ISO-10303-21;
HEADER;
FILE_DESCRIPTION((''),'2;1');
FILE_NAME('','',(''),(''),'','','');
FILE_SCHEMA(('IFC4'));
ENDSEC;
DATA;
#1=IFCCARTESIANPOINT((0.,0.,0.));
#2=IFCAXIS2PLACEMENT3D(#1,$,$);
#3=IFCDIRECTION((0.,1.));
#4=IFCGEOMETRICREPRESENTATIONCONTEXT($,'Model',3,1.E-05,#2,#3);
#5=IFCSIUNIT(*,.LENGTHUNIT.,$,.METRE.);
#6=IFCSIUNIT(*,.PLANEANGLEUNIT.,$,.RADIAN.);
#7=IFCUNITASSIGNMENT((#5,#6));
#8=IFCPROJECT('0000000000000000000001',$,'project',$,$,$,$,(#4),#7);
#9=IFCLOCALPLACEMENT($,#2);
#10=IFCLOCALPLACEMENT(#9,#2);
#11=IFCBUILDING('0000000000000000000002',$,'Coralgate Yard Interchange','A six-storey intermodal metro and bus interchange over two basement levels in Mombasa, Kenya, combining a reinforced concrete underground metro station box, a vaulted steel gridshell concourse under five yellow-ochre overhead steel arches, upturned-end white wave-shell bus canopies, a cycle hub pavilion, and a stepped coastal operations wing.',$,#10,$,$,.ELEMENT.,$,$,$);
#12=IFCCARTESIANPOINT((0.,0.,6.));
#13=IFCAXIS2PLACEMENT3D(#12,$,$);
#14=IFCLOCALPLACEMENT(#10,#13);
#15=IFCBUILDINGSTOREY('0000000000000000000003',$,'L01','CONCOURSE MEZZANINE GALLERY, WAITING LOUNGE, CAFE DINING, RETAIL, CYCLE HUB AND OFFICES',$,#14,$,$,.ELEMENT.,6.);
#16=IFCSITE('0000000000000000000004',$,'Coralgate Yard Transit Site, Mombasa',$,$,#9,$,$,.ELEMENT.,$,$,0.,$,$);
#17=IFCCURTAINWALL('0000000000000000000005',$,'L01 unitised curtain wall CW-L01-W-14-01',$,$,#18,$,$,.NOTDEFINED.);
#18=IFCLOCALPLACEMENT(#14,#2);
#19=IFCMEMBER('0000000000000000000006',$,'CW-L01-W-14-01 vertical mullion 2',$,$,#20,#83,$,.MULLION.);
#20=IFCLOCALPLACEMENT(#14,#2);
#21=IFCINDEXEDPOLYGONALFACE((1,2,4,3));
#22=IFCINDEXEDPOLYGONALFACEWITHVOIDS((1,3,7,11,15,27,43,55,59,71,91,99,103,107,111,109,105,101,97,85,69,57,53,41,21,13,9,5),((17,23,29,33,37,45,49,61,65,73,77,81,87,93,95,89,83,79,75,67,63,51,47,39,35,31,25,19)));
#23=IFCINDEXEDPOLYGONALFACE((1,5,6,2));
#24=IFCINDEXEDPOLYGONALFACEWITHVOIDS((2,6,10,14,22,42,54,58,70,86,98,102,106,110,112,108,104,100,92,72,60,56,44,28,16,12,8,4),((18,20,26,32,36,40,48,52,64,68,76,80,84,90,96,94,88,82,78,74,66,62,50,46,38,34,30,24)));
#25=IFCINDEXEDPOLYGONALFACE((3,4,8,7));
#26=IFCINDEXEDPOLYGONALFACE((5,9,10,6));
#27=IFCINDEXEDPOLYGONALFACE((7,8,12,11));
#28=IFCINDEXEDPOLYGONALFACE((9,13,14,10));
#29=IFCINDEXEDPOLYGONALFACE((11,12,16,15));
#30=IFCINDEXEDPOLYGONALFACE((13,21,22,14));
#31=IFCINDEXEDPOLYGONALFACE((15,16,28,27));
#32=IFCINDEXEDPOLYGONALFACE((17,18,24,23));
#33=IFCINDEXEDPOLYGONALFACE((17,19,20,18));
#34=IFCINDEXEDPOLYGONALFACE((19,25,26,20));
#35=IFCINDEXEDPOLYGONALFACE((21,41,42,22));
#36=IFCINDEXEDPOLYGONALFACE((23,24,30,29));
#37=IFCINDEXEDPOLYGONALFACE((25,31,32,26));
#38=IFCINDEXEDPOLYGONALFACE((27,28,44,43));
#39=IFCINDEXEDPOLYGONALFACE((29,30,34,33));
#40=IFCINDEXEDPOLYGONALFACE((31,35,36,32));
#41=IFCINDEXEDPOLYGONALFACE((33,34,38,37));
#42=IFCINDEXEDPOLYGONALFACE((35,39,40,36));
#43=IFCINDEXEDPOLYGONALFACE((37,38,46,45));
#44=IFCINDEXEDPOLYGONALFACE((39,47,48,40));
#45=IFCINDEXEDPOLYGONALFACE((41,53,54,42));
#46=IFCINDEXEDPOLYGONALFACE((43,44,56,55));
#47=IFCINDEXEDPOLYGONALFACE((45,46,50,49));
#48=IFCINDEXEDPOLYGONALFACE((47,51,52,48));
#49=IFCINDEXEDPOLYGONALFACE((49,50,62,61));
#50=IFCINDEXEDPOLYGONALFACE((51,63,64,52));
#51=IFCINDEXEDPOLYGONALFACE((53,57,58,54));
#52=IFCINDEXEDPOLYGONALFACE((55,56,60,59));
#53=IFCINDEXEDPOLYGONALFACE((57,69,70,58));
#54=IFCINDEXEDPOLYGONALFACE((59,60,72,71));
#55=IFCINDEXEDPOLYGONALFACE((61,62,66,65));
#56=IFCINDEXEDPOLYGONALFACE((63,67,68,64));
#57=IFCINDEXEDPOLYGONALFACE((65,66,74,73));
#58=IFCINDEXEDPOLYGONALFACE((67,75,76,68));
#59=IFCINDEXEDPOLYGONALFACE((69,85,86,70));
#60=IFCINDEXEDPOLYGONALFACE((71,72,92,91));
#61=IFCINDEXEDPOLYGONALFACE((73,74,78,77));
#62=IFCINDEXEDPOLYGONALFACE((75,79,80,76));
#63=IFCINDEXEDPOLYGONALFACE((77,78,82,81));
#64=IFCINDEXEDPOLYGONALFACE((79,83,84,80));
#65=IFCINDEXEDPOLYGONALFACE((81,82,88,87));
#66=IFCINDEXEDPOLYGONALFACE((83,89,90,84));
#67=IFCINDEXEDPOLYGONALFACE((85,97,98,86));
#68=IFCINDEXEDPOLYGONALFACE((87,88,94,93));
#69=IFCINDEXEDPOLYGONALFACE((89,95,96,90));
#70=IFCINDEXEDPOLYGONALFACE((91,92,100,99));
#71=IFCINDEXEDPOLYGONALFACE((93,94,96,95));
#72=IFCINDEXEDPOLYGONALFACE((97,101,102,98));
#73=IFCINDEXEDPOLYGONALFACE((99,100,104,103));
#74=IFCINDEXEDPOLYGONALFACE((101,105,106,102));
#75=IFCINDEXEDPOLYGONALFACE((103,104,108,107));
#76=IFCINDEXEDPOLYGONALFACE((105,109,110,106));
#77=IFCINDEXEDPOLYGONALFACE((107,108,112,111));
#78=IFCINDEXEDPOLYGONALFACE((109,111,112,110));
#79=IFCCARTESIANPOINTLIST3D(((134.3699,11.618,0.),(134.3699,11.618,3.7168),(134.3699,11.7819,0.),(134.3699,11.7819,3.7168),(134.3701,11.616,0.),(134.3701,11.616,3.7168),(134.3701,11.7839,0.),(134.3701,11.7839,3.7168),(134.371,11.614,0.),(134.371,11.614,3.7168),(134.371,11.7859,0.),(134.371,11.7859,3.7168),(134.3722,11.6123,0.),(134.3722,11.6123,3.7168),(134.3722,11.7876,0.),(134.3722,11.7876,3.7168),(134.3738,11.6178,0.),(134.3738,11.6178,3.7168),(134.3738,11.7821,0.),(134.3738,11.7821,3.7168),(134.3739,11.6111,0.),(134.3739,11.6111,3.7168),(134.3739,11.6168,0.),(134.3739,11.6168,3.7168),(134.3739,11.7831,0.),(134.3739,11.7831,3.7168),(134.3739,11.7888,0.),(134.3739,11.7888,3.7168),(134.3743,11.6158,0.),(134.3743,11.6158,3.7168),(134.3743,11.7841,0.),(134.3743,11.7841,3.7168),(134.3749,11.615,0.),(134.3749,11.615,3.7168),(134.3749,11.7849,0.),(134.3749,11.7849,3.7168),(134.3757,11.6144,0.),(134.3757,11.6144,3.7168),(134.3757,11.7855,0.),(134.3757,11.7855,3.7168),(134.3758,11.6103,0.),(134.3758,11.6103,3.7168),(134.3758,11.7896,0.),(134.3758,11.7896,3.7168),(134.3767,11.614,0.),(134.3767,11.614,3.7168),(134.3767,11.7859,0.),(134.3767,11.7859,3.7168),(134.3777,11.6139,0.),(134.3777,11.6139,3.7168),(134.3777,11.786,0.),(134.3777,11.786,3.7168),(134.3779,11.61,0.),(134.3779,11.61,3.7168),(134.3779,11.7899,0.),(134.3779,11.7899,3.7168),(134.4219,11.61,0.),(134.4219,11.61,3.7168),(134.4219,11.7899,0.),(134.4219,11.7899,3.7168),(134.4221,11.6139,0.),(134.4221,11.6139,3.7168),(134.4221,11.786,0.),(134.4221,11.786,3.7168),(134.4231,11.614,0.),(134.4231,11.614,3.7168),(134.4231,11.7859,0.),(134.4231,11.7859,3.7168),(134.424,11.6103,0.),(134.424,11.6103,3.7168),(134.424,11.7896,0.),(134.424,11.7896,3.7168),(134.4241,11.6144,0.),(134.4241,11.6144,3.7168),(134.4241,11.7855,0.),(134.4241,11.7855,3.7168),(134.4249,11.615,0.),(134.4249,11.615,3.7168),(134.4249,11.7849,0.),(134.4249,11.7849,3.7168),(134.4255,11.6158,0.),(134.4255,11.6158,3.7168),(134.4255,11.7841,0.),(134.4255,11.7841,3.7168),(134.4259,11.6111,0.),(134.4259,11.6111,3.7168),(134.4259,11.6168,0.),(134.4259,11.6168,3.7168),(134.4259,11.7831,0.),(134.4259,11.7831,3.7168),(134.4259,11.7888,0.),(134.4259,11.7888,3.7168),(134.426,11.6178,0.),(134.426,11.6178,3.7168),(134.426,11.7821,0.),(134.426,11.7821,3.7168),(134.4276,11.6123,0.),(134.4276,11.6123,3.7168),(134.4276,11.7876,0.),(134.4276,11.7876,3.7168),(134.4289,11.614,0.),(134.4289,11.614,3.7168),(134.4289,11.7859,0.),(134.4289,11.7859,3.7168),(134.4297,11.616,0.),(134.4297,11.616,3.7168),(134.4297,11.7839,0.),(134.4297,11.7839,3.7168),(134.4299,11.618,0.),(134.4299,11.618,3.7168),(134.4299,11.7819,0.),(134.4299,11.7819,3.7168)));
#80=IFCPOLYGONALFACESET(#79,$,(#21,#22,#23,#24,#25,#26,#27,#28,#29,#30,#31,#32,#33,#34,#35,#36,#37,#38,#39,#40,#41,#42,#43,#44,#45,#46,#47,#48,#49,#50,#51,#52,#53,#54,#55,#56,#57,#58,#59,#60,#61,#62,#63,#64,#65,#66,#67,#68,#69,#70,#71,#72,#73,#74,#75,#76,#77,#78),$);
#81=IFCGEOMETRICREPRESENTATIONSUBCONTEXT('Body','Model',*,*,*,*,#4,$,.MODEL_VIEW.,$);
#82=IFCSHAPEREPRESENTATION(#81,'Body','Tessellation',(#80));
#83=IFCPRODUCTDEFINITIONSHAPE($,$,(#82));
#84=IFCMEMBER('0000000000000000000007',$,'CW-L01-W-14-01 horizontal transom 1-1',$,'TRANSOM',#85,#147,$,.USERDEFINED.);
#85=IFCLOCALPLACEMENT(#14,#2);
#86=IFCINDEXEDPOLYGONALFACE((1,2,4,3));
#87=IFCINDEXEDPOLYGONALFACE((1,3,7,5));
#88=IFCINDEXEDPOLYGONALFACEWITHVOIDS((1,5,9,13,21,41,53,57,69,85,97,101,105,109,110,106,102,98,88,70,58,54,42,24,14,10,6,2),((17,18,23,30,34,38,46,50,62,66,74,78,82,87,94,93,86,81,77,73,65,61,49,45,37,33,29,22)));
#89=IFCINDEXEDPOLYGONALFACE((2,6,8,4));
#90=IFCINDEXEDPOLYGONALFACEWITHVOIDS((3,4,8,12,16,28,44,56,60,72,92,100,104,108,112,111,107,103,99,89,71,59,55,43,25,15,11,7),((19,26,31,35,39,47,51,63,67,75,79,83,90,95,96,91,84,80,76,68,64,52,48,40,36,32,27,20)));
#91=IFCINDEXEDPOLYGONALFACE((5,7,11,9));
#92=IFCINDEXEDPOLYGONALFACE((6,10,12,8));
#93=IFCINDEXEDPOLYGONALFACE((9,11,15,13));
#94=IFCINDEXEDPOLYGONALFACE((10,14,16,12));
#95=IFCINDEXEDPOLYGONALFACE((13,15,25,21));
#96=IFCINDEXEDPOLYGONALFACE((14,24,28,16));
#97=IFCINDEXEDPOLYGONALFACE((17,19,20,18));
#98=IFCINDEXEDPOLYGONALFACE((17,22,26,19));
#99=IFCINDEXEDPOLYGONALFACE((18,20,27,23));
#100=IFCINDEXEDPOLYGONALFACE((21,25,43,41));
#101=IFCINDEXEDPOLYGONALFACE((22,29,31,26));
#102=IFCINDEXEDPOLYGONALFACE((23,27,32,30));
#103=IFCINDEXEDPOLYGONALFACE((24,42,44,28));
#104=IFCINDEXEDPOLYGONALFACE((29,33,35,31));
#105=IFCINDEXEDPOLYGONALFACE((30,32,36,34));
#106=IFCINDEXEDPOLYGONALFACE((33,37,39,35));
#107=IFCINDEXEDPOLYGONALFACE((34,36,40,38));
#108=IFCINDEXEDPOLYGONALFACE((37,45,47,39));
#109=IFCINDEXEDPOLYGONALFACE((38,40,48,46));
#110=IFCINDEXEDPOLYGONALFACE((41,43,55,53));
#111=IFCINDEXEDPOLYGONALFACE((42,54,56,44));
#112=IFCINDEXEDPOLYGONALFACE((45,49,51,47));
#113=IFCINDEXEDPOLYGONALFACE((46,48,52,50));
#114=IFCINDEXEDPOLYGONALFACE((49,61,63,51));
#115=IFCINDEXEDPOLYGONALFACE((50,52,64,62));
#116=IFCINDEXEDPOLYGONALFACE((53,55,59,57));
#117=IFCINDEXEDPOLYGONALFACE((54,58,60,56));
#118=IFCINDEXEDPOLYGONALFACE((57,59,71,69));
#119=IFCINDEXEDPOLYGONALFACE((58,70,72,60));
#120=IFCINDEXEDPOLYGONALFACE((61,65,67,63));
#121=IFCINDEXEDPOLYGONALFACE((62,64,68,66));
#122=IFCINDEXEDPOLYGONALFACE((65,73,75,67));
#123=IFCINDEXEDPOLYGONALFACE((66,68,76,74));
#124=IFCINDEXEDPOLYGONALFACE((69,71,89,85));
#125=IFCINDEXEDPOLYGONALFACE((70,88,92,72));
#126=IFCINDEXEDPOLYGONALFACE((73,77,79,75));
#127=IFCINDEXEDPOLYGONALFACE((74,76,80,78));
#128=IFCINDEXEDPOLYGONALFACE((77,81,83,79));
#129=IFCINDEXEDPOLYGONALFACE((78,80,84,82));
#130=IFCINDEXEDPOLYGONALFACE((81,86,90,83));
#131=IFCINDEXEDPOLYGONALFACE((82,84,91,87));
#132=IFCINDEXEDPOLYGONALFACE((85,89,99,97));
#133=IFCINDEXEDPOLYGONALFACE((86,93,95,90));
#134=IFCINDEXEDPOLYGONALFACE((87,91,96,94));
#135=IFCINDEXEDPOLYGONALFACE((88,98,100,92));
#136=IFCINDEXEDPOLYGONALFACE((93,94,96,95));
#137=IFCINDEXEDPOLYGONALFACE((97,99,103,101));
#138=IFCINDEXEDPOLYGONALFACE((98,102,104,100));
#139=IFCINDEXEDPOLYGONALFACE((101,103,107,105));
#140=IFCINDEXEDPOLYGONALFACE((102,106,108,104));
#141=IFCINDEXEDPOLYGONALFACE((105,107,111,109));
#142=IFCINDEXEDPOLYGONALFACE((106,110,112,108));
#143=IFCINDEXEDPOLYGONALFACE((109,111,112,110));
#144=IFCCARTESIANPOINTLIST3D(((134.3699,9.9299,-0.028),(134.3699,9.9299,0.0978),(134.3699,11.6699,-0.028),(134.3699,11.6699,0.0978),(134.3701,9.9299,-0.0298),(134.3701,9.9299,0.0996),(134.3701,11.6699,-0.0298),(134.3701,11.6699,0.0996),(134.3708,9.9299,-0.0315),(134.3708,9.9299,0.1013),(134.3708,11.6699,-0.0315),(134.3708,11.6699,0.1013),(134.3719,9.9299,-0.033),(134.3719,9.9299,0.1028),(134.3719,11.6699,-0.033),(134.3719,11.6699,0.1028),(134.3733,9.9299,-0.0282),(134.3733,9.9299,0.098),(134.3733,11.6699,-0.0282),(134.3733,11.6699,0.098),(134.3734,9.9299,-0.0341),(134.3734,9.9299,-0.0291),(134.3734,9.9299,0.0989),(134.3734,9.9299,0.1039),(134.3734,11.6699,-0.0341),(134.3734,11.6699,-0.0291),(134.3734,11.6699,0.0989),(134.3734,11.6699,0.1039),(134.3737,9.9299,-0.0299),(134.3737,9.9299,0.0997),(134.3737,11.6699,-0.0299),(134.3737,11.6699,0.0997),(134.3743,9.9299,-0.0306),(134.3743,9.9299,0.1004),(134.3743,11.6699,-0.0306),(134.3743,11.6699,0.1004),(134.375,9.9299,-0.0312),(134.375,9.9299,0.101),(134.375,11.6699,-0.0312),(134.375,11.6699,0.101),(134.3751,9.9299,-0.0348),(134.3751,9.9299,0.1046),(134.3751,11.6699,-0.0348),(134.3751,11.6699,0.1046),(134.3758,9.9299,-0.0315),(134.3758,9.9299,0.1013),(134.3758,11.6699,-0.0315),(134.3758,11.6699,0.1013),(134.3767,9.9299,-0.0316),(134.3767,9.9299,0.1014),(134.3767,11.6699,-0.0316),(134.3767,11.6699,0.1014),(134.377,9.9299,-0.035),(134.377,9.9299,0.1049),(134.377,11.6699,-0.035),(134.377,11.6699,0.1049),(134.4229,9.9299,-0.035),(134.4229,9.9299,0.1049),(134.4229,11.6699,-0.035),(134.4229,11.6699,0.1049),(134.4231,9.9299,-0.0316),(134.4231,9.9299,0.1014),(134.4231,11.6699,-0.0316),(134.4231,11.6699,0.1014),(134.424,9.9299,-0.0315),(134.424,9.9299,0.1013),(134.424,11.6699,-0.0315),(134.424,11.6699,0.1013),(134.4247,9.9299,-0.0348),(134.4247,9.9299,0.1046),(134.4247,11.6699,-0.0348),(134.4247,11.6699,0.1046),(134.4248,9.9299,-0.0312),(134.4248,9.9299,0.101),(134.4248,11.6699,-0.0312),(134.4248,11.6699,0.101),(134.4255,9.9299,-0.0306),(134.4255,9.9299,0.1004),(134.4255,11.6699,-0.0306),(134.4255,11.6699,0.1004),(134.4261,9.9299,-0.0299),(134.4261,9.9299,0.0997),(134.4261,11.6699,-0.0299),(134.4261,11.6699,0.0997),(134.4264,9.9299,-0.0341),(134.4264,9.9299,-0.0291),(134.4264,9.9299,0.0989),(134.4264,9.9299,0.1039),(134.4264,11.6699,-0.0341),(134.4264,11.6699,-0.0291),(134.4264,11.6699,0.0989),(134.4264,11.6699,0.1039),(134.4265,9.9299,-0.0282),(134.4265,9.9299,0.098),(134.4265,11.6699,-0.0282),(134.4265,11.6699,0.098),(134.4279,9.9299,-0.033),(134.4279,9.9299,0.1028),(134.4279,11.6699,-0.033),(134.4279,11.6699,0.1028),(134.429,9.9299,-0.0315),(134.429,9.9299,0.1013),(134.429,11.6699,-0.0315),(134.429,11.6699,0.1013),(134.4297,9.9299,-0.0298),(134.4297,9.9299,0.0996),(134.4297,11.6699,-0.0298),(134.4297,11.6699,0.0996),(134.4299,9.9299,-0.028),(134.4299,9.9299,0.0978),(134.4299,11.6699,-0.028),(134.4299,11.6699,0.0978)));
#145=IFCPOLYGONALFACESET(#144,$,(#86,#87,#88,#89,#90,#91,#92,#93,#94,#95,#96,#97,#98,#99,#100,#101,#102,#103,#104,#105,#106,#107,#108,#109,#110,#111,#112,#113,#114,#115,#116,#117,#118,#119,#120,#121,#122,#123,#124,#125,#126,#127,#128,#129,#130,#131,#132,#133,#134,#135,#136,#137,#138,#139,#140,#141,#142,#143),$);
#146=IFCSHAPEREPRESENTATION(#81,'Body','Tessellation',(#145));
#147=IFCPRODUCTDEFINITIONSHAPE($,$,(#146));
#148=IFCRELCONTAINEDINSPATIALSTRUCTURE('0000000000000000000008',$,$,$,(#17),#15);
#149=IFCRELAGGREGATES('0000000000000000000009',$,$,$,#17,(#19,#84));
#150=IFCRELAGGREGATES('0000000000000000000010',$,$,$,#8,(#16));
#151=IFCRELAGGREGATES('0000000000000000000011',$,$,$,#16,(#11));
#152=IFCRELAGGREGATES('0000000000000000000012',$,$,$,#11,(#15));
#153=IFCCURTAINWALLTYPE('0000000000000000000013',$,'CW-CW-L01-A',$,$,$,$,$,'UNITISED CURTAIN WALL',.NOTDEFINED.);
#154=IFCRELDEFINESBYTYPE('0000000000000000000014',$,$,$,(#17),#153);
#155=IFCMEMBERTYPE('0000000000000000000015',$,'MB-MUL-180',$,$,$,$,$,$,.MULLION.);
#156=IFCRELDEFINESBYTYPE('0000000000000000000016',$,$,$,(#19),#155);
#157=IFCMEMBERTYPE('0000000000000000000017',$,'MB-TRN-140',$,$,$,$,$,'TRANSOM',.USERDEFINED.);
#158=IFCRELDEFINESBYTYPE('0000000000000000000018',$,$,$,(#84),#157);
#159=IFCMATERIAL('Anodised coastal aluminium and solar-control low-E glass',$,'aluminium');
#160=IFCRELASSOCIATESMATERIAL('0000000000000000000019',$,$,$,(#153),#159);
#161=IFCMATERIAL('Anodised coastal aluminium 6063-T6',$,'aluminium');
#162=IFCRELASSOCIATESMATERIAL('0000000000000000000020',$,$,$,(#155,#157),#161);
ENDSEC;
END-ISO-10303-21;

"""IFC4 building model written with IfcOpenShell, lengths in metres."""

from ifc_helpers import new_model, si_unit, direction, frame, origin, origin_2d, place, context, subcontext, project, spatial, hollow_rectangle, extrude, material, material_profile, profile_set, type_object, element, aggregate, save


model = new_model("IFC4")

# Units and contexts
model_context = context("Model", 3, precision=1e-05, world=origin(), true_north=direction((0.0, 1.0)))
body_context = subcontext(model_context, "Body", "Model", "MODEL_VIEW")
ifc_project = project(units=[si_unit("LENGTHUNIT", "METRE"), si_unit("PLANEANGLEUNIT", "RADIAN")], contexts=[model_context])

# Site, building, storey
site_placement = place(None, origin())
site = spatial("IfcSite", under=ifc_project, at=site_placement, Name="Coralgate Yard Transit Site, Mombasa", CompositionType="ELEMENT", RefElevation=0.0)
building_placement = place(site_placement, origin())
building = spatial("IfcBuilding", under=site, at=building_placement, Name="Coralgate Yard Interchange", Description="A six-storey intermodal metro and bus interchange over two basement levels in Mombasa, Kenya, combining a reinforced concrete underground metro station box, a vaulted steel gridshell concourse under five yellow-ochre overhead steel arches, upturned-end white wave-shell bus canopies, a cycle hub pavilion, and a stepped coastal operations wing.", CompositionType="ELEMENT")
storey_placement = place(building_placement, frame((0.0, 0.0, 6.0)))
storey = spatial("IfcBuildingStorey", under=building, at=storey_placement, Name="L01", Description="CONCOURSE MEZZANINE GALLERY, WAITING LOUNGE, CAFE DINING, RETAIL, CYCLE HUB AND OFFICES", CompositionType="ELEMENT", Elevation=6.0)

# Curtain wall, members
ifc_material_1 = material(Name="Anodised coastal aluminium and solar-control low-E glass", Category="aluminium")
curtain_wall_type = type_object("IfcCurtainWallType", Name="CW-CW-L01-A", ElementType="UNITISED CURTAIN WALL", PredefinedType="NOTDEFINED", material=ifc_material_1)
curtain_wall_placement = place(storey_placement, origin())
curtain_wall = element("IfcCurtainWall", 1, at=curtain_wall_placement, inside=storey, type_object=curtain_wall_type, Name="L01 unitised curtain wall CW-L01-W-14-01", PredefinedType="NOTDEFINED")
ifc_material_2 = material(Name="Anodised coastal aluminium 6063-T6", Category="aluminium")
ifc_material_profile_1 = material_profile(ifc_material_2, hollow_rectangle(XDim=0.0601, YDim=0.1799, WallThickness=0.0039, InnerFilletRadius=0.0039, OuterFilletRadius=0.0081, at=origin_2d()), Name="ALU 60x180x4")
ifc_profile_set_1 = profile_set([ifc_material_profile_1], Name="Anodised coastal aluminium 6063-T6")
member_type_1 = type_object("IfcMemberType", Name="MB-MUL-180", PredefinedType="MULLION", material=ifc_profile_set_1)
member_1_placement = place(storey_placement, frame((134.3999, 11.7, 0.0), z_axis=(0.0, 0.0, 1.0), x_axis=(1.0, 0.0, 0.0)))
member_1 = element("IfcMember", 2, at=member_1_placement, type_object=member_type_1, Name="CW-L01-W-14-01 vertical mullion 2", PredefinedType="MULLION", context=body_context, shape_type="SweptSolid", body=[
    extrude(hollow_rectangle(XDim=0.0601, YDim=0.1799, WallThickness=0.0039, InnerFilletRadius=0.0039, OuterFilletRadius=0.0081, at=origin_2d()), origin(), (0.0, 0.0, 1.0), 3.7168),
])
ifc_material_profile_2 = material_profile(ifc_material_2, hollow_rectangle(XDim=0.0601, YDim=0.1399, WallThickness=0.0034, InnerFilletRadius=0.0034, OuterFilletRadius=0.0071, at=origin_2d()), Name="ALU 60x140x3.5")
ifc_profile_set_2 = profile_set([ifc_material_profile_2], Name="Anodised coastal aluminium 6063-T6")
member_type_2 = type_object("IfcMemberType", Name="MB-TRN-140", ElementType="TRANSOM", PredefinedType="USERDEFINED", material=ifc_profile_set_2)
member_2_placement = place(storey_placement, frame((134.3999, 9.9299, 0.0349), z_axis=(0.0, 1.0, 0.0), x_axis=(-1.0, 0.0, 0.0)))
member_2 = element("IfcMember", 3, at=member_2_placement, type_object=member_type_2, Name="CW-L01-W-14-01 horizontal transom 1-1", ObjectType="TRANSOM", PredefinedType="USERDEFINED", context=body_context, shape_type="SweptSolid", body=[
    extrude(hollow_rectangle(XDim=0.0601, YDim=0.1399, WallThickness=0.0034, InnerFilletRadius=0.0034, OuterFilletRadius=0.0071, at=origin_2d()), origin(), (0.0, 0.0, 1.0), 1.74),
])
aggregate(curtain_wall, [member_1, member_2])

save(model, "model.ifc")
